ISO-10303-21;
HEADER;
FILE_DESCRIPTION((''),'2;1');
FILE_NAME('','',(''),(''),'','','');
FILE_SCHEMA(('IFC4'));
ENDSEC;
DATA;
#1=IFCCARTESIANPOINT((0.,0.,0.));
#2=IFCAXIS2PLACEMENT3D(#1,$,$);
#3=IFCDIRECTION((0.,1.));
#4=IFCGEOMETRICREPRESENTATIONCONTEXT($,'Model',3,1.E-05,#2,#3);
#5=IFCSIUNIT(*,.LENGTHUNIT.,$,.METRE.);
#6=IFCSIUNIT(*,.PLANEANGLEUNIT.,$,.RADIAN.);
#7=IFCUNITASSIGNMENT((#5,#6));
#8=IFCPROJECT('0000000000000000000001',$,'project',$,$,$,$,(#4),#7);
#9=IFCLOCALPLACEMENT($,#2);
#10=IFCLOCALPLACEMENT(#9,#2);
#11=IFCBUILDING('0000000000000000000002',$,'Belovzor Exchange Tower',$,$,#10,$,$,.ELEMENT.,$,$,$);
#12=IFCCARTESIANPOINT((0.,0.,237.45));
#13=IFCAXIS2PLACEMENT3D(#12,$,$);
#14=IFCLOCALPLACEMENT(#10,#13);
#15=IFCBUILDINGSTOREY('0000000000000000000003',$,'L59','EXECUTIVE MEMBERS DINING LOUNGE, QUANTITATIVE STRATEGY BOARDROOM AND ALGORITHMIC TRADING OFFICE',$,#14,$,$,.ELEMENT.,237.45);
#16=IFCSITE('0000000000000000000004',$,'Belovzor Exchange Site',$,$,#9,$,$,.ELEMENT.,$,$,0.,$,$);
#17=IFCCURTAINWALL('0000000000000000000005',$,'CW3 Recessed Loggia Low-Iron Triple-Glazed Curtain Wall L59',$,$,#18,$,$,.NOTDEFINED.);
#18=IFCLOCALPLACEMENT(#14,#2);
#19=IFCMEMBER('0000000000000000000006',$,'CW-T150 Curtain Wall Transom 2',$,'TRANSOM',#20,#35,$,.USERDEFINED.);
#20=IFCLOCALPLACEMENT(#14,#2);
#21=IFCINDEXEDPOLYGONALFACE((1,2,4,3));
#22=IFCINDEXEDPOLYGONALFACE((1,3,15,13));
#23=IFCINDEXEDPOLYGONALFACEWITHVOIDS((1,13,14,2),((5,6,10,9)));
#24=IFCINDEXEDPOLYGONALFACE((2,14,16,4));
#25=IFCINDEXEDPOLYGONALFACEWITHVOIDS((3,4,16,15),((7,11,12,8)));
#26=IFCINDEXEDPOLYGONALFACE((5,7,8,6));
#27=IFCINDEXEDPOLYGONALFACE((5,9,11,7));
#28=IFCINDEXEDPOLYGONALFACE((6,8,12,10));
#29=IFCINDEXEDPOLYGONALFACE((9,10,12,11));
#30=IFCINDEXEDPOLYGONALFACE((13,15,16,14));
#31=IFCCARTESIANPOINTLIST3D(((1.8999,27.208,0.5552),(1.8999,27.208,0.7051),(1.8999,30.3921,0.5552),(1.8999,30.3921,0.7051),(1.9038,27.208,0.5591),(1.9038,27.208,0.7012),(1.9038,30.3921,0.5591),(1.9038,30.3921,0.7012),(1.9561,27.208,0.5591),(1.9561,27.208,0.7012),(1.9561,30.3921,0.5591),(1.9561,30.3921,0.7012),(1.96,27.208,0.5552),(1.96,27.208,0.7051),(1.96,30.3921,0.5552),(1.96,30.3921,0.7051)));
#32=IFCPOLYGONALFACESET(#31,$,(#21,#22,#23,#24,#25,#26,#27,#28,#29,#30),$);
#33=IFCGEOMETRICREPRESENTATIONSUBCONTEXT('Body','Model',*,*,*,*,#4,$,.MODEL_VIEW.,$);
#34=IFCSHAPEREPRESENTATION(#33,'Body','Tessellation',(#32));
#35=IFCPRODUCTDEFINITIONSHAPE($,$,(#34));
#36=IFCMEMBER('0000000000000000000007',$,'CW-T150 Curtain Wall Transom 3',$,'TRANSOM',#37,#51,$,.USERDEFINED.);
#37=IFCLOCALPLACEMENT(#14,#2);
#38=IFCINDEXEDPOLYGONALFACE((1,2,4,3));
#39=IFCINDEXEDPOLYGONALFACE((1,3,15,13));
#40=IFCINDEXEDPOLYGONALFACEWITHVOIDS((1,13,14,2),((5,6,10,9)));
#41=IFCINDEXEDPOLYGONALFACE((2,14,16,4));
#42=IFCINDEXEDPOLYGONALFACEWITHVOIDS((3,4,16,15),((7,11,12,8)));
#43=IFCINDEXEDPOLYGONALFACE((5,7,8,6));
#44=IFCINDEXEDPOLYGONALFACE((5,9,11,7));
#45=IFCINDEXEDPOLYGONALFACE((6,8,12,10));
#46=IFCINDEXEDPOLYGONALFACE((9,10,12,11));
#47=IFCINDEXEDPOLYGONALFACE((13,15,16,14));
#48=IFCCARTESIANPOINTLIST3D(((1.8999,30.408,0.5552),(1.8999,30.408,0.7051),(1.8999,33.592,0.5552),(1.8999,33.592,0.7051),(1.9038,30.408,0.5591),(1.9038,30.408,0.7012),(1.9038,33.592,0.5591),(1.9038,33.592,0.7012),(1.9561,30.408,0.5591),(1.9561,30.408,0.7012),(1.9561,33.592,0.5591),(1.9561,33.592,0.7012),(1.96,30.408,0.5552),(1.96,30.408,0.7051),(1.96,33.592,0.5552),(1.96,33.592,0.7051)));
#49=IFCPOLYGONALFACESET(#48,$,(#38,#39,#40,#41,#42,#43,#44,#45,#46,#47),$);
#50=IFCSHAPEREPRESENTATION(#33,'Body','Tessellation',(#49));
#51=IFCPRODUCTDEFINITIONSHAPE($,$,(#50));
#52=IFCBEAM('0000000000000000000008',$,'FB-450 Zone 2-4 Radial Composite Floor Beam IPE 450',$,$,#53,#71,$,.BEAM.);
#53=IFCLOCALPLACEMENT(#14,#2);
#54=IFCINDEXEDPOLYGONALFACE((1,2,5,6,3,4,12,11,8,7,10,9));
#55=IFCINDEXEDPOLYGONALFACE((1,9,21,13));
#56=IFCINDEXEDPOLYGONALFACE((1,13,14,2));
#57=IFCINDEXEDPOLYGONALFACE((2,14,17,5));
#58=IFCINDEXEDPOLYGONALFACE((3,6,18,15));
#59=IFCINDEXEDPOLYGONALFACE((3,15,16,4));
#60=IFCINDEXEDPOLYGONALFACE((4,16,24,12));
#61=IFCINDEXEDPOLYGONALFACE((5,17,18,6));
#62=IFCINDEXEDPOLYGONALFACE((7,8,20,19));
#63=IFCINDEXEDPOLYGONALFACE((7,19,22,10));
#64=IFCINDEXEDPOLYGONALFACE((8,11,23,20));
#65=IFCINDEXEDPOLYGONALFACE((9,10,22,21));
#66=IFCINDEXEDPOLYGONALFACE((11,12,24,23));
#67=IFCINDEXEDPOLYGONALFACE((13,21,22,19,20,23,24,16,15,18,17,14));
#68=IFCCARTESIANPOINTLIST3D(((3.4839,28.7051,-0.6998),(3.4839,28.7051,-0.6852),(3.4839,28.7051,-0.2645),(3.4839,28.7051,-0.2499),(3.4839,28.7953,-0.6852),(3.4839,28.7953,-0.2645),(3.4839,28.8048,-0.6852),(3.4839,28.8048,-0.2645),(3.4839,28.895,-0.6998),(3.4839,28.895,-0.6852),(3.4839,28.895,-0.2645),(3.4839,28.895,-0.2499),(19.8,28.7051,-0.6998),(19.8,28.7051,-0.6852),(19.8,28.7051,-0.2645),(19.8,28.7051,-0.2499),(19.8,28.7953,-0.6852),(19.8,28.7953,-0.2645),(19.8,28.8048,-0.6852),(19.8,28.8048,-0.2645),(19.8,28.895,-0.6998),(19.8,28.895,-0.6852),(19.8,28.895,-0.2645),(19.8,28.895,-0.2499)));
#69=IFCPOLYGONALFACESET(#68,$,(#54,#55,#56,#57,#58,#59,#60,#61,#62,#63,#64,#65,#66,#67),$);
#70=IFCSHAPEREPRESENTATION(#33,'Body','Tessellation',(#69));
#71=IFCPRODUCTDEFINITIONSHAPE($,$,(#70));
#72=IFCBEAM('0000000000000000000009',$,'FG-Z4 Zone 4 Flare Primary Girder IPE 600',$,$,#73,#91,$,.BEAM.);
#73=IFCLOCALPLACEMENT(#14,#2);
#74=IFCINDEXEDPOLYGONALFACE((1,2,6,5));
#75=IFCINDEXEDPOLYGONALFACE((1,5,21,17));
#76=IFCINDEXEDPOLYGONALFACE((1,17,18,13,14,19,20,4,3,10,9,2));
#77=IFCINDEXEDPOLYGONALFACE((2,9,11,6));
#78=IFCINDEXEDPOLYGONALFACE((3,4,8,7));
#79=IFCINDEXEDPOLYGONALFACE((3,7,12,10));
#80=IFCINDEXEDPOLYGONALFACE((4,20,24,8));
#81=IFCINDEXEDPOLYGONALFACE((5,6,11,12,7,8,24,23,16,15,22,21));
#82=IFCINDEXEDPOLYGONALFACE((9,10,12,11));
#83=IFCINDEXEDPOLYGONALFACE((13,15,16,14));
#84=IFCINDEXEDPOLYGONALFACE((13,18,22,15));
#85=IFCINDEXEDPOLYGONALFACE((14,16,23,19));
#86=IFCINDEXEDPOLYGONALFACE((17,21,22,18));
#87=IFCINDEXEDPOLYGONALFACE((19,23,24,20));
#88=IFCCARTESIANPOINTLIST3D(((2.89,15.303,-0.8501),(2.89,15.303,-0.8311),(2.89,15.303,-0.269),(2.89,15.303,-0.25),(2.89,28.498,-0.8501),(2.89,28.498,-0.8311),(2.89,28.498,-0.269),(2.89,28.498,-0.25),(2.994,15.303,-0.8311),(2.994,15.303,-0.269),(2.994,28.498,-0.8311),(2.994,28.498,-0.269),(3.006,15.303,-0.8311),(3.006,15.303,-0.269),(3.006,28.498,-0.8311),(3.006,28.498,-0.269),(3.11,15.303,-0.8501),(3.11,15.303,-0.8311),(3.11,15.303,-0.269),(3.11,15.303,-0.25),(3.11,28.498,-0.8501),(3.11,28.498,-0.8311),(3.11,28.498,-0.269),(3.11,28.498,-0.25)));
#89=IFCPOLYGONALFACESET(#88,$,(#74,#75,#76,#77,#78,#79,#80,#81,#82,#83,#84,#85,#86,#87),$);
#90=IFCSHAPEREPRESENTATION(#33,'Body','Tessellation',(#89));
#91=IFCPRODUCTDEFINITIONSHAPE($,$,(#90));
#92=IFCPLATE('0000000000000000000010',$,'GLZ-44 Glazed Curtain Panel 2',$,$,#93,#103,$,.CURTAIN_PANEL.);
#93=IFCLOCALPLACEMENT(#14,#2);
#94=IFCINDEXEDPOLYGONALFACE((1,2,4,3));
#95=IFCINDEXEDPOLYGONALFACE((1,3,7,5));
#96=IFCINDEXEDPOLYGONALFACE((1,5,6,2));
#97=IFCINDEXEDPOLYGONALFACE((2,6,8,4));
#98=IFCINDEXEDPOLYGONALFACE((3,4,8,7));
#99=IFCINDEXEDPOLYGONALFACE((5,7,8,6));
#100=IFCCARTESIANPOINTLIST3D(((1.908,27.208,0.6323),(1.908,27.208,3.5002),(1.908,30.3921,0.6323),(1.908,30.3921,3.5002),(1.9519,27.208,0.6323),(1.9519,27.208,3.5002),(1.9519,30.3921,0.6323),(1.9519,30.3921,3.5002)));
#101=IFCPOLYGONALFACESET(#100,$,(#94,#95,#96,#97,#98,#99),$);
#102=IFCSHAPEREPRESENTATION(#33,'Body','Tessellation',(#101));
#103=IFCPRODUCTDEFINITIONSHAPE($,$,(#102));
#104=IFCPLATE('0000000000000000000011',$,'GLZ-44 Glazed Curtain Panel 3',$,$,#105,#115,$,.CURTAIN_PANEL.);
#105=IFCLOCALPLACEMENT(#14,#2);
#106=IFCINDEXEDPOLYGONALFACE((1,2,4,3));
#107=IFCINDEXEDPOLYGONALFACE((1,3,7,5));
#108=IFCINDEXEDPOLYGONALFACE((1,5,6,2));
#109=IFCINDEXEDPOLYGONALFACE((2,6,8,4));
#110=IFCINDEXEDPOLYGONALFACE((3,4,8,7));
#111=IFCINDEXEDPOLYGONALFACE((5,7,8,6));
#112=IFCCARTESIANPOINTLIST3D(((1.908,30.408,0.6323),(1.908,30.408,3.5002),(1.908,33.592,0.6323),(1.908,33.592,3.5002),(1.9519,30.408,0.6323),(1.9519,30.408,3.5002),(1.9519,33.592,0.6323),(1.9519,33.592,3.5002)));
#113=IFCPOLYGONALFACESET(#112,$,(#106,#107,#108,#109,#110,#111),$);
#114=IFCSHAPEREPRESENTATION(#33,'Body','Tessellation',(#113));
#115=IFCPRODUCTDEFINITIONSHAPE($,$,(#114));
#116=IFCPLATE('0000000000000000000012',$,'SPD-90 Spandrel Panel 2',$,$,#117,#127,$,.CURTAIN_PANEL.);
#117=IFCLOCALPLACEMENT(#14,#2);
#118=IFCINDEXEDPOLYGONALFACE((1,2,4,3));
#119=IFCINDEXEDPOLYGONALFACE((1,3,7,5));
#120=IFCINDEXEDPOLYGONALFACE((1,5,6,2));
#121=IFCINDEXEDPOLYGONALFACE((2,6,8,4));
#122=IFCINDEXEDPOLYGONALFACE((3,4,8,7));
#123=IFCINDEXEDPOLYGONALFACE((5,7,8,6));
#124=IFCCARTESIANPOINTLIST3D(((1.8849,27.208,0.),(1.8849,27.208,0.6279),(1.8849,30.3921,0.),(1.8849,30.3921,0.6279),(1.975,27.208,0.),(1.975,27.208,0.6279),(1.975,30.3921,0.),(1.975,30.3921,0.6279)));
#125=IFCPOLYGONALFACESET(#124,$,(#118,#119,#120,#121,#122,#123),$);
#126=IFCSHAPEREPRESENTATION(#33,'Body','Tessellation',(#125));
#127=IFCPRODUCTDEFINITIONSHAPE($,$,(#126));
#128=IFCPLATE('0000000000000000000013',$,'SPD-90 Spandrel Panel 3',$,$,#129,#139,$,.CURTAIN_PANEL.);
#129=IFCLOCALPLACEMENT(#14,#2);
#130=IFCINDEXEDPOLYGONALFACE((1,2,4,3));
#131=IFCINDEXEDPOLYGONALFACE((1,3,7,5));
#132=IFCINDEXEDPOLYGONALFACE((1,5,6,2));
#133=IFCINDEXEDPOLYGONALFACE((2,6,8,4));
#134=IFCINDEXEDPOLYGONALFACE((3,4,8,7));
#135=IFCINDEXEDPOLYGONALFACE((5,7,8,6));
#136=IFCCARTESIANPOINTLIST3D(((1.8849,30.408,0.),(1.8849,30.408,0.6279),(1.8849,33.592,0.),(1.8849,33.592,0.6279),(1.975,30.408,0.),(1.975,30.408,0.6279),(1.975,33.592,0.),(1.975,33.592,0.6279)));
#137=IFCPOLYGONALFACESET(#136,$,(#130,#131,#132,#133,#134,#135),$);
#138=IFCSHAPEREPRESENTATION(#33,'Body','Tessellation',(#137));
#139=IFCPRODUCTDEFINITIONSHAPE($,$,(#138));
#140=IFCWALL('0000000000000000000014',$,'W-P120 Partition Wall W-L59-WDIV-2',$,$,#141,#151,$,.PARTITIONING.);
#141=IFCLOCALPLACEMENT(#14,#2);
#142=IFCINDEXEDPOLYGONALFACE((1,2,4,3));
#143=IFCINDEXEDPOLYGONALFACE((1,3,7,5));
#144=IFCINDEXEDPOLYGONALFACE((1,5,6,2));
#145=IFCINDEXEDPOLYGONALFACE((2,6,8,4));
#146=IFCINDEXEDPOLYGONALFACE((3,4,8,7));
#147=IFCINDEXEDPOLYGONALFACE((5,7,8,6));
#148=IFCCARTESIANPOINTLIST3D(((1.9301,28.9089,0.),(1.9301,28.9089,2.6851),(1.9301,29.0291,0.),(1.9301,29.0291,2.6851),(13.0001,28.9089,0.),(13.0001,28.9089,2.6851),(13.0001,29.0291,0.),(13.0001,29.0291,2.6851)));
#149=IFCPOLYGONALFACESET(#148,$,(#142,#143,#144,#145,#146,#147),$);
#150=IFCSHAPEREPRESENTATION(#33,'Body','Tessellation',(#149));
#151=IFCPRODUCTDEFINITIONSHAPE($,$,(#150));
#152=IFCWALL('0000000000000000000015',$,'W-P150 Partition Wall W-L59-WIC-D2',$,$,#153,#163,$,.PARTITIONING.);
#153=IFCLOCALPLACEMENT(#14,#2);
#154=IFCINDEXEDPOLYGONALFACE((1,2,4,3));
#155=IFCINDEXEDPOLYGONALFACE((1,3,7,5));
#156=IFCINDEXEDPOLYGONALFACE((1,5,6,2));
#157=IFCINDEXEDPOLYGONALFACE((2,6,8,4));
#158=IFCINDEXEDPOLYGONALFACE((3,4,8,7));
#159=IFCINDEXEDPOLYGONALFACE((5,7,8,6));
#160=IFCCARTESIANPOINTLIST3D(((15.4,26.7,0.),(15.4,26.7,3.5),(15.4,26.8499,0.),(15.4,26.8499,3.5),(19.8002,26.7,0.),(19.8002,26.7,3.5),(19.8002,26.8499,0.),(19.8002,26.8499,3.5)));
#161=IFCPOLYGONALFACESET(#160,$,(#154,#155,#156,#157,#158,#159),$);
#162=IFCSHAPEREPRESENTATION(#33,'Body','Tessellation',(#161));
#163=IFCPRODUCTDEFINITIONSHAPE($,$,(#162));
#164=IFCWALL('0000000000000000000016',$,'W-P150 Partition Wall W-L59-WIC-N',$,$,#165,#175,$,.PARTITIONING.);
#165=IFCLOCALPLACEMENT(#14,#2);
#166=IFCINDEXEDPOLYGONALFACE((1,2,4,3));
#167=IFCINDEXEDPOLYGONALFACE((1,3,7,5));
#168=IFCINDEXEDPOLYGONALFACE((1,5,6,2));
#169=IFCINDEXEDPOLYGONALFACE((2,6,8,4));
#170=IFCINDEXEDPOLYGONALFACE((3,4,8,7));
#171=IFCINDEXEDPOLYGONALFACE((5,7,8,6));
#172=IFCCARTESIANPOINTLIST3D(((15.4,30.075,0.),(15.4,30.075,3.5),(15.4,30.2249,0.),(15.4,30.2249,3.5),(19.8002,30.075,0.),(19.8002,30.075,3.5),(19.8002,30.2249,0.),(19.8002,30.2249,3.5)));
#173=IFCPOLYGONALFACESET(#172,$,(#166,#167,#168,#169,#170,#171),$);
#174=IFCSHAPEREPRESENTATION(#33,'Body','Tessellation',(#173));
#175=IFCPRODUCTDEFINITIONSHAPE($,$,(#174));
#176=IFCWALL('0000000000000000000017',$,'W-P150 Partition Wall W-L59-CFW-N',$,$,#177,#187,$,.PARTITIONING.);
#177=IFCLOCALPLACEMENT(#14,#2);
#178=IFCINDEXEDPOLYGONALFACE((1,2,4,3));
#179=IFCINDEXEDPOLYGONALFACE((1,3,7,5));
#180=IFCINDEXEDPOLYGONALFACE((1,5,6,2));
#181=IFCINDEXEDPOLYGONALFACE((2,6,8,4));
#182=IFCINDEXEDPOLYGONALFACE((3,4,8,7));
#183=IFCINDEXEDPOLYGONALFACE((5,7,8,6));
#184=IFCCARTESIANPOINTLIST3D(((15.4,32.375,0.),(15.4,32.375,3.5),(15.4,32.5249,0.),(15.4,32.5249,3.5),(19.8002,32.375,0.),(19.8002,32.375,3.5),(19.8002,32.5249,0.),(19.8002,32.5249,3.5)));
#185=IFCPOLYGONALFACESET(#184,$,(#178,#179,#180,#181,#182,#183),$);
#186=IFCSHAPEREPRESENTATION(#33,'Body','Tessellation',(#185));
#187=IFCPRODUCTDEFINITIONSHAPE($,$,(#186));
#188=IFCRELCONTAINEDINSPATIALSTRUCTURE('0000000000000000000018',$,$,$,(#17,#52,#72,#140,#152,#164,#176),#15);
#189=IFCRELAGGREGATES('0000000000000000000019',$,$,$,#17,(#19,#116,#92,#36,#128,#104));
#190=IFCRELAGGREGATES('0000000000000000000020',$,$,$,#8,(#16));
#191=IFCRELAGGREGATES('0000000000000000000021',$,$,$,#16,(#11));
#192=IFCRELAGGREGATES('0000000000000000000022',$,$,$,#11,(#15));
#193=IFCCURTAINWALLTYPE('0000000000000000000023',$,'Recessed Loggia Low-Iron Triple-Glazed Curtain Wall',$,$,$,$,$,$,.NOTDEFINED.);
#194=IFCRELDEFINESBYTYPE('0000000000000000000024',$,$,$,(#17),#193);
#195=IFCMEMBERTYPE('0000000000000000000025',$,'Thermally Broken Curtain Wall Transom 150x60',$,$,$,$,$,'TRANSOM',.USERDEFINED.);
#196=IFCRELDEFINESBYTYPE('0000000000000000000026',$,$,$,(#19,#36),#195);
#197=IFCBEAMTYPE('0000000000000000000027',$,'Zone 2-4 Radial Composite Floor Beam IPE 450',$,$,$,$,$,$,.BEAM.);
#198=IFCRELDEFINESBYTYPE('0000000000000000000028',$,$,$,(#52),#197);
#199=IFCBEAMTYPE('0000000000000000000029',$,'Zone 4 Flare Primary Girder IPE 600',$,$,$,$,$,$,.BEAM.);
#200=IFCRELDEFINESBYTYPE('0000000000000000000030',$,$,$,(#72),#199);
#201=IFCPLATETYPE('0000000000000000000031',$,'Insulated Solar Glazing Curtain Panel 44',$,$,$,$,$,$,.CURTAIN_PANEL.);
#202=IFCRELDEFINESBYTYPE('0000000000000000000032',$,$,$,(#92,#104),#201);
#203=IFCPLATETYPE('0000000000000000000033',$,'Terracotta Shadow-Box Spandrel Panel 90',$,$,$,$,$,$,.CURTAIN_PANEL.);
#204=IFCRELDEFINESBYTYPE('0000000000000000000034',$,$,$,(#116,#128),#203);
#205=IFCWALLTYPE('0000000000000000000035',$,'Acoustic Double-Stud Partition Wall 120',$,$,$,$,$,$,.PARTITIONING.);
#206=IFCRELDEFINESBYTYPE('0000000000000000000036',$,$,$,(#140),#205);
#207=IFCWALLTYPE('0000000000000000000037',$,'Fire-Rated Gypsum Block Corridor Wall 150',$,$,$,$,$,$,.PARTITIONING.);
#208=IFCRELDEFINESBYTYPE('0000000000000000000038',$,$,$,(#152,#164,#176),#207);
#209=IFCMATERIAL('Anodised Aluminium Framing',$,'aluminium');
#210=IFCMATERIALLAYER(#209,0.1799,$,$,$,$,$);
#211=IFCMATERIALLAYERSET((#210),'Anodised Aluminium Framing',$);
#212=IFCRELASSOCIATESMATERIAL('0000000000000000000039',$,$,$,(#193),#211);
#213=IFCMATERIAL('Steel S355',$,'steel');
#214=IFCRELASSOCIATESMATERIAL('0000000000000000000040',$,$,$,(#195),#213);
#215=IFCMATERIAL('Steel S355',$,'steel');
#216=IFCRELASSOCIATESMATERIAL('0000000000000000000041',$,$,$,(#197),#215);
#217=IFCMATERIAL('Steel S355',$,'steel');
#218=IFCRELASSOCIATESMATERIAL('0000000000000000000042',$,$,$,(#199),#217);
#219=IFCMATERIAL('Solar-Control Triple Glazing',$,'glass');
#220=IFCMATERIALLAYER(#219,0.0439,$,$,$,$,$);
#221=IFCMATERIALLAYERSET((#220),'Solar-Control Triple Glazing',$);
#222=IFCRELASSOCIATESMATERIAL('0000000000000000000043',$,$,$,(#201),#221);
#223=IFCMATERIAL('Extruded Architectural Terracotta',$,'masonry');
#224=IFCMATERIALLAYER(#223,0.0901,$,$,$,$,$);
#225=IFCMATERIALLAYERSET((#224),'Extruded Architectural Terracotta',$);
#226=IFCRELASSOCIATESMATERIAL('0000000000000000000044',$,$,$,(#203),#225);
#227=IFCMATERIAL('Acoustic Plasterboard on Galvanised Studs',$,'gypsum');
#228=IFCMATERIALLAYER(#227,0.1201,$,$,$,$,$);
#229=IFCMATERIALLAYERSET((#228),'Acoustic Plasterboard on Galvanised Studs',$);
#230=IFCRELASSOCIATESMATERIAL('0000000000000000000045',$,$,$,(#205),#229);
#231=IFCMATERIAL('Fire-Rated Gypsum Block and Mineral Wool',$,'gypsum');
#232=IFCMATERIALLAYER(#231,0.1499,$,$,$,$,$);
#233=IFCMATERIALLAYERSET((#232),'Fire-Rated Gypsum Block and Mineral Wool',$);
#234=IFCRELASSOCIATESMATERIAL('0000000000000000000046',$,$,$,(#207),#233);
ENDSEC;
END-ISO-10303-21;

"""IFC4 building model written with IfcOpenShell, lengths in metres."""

from ifc_helpers import new_model, si_unit, direction, frame, frame_2d, origin, origin_2d, place, context, subcontext, project, spatial, rectangle, hollow_rectangle, i_section, extrude, material, layer, layer_set, material_profile, profile_set, type_object, element, aggregate, save


model = new_model("IFC4")

# Units and contexts
model_context = context("Model", 3, precision=1e-05, world=origin(), true_north=direction((0.0, 1.0)))
body_context = subcontext(model_context, "Body", "Model", "MODEL_VIEW")
ifc_project = project(units=[si_unit("LENGTHUNIT", "METRE"), si_unit("PLANEANGLEUNIT", "RADIAN")], contexts=[model_context])

# Site, building, storey
site_placement = place(None, origin())
site = spatial("IfcSite", under=ifc_project, at=site_placement, Name="Belovzor Exchange Site", CompositionType="ELEMENT", RefElevation=0.0)
building_placement = place(site_placement, origin())
building = spatial("IfcBuilding", under=site, at=building_placement, Name="Belovzor Exchange Tower", CompositionType="ELEMENT")
storey_placement = place(building_placement, frame((0.0, 0.0, 237.45)))
storey = spatial("IfcBuildingStorey", under=building, at=storey_placement, Name="L59", Description="EXECUTIVE MEMBERS DINING LOUNGE, QUANTITATIVE STRATEGY BOARDROOM AND ALGORITHMIC TRADING OFFICE", CompositionType="ELEMENT", Elevation=237.45)

# Curtain wall, members
ifc_material_1 = material(Name="Anodised Aluminium Framing", Category="aluminium")
ifc_layer_1 = layer(ifc_material_1, 0.1799)
ifc_layer_set_1 = layer_set([ifc_layer_1], Name="Anodised Aluminium Framing")
curtain_wall_type = type_object("IfcCurtainWallType", Name="Recessed Loggia Low-Iron Triple-Glazed Curtain Wall", PredefinedType="NOTDEFINED", material=ifc_layer_set_1)
curtain_wall_placement = place(storey_placement, origin())
curtain_wall = element("IfcCurtainWall", 1, at=curtain_wall_placement, inside=storey, type_object=curtain_wall_type, Name="CW3 Recessed Loggia Low-Iron Triple-Glazed Curtain Wall L59", PredefinedType="NOTDEFINED")
ifc_material_2 = material(Name="Steel S355", Category="steel")
ifc_material_profile_1 = material_profile(ifc_material_2, hollow_rectangle(XDim=0.0601, YDim=0.1499, WallThickness=0.0039, at=origin_2d()))
ifc_profile_set_1 = profile_set([ifc_material_profile_1], Name="Steel S355")
member_type_1 = type_object("IfcMemberType", Name="Thermally Broken Curtain Wall Transom 150x60", ElementType="TRANSOM", PredefinedType="USERDEFINED", material=ifc_profile_set_1)
member_1_placement = place(storey_placement, frame((1.9299, 27.208, 0.6301), z_axis=(0.0, 1.0, 0.0), x_axis=(-1.0, 0.0, 0.0)))
member_1 = element("IfcMember", 2, at=member_1_placement, type_object=member_type_1, Name="CW-T150 Curtain Wall Transom 2", ObjectType="TRANSOM", PredefinedType="USERDEFINED", context=body_context, shape_type="SweptSolid", body=[
    extrude(hollow_rectangle(XDim=0.0601, YDim=0.1499, WallThickness=0.0039, at=origin_2d()), origin(), (0.0, 0.0, 1.0), 3.1841),
])
member_2_placement = place(storey_placement, frame((1.9299, 30.408, 0.6301), z_axis=(0.0, 1.0, 0.0), x_axis=(-1.0, 0.0, 0.0)))
member_2 = element("IfcMember", 3, at=member_2_placement, type_object=member_type_1, Name="CW-T150 Curtain Wall Transom 3", ObjectType="TRANSOM", PredefinedType="USERDEFINED", context=body_context, shape_type="SweptSolid", body=[
    extrude(hollow_rectangle(XDim=0.0601, YDim=0.1499, WallThickness=0.0039, at=origin_2d()), origin(), (0.0, 0.0, 1.0), 3.1841),
])

# Beams
ifc_material_3 = material(Name="Steel S355", Category="steel")
ifc_material_profile_2 = material_profile(ifc_material_3, i_section(OverallWidth=0.1899, OverallDepth=0.45, WebThickness=0.0095, FlangeThickness=0.0146, at=origin_2d()))
ifc_profile_set_2 = profile_set([ifc_material_profile_2], Name="Steel S355")
beam_type_1 = type_object("IfcBeamType", Name="Zone 2-4 Radial Composite Floor Beam IPE 450", PredefinedType="BEAM", material=ifc_profile_set_2)
beam_1_placement = place(storey_placement, frame((19.8, 28.8, -0.4749), z_axis=(-1.0, 0.0, 0.0), x_axis=(0.0, -1.0, 0.0)))
element("IfcBeam", 4, at=beam_1_placement, inside=storey, type_object=beam_type_1, Name="FB-450 Zone 2-4 Radial Composite Floor Beam IPE 450", PredefinedType="BEAM", context=body_context, shape_type="SweptSolid", body=[
    extrude(i_section(OverallWidth=0.1899, OverallDepth=0.45, WebThickness=0.0095, FlangeThickness=0.0146, at=origin_2d()), origin(), (0.0, 0.0, 1.0), 16.3162),
])
ifc_material_4 = material(Name="Steel S355", Category="steel")
ifc_material_profile_3 = material_profile(ifc_material_4, i_section(OverallWidth=0.22, OverallDepth=0.6001, WebThickness=0.012, FlangeThickness=0.019, at=origin_2d()))
ifc_profile_set_3 = profile_set([ifc_material_profile_3], Name="Steel S355")
beam_type_2 = type_object("IfcBeamType", Name="Zone 4 Flare Primary Girder IPE 600", PredefinedType="BEAM", material=ifc_profile_set_3)
beam_2_placement = place(storey_placement, frame((3.0, 28.498, -0.55), z_axis=(0.0, -1.0, 0.0), x_axis=(1.0, 0.0, 0.0)))
element("IfcBeam", 5, at=beam_2_placement, inside=storey, type_object=beam_type_2, Name="FG-Z4 Zone 4 Flare Primary Girder IPE 600", PredefinedType="BEAM", context=body_context, shape_type="SweptSolid", body=[
    extrude(i_section(OverallWidth=0.22, OverallDepth=0.6001, WebThickness=0.012, FlangeThickness=0.019, at=origin_2d()), origin(), (0.0, 0.0, 1.0), 13.1951),
])

# Plates
ifc_material_5 = material(Name="Solar-Control Triple Glazing", Category="glass")
ifc_layer_2 = layer(ifc_material_5, 0.0439)
ifc_layer_set_2 = layer_set([ifc_layer_2], Name="Solar-Control Triple Glazing")
plate_type_1 = type_object("IfcPlateType", Name="Insulated Solar Glazing Curtain Panel 44", PredefinedType="CURTAIN_PANEL", material=ifc_layer_set_2)
plate_1_placement = place(storey_placement, frame((1.9299, 28.8, 0.6323), z_axis=(0.0, 0.0, 1.0), x_axis=(0.0, 1.0, 0.0)))
plate_1 = element("IfcPlate", 6, at=plate_1_placement, type_object=plate_type_1, Name="GLZ-44 Glazed Curtain Panel 2", PredefinedType="CURTAIN_PANEL", context=body_context, shape_type="SweptSolid", body=[
    extrude(rectangle(XDim=3.1841, YDim=0.0439, at=origin_2d()), origin(), (0.0, 0.0, 1.0), 2.8679),
])
plate_2_placement = place(storey_placement, frame((1.9299, 32.0, 0.6323), z_axis=(0.0, 0.0, 1.0), x_axis=(0.0, 1.0, 0.0)))
plate_2 = element("IfcPlate", 7, at=plate_2_placement, type_object=plate_type_1, Name="GLZ-44 Glazed Curtain Panel 3", PredefinedType="CURTAIN_PANEL", context=body_context, shape_type="SweptSolid", body=[
    extrude(rectangle(XDim=3.1841, YDim=0.0439, at=origin_2d()), origin(), (0.0, 0.0, 1.0), 2.8679),
])
ifc_material_6 = material(Name="Extruded Architectural Terracotta", Category="masonry")
ifc_layer_3 = layer(ifc_material_6, 0.0901)
ifc_layer_set_3 = layer_set([ifc_layer_3], Name="Extruded Architectural Terracotta")
plate_type_2 = type_object("IfcPlateType", Name="Terracotta Shadow-Box Spandrel Panel 90", PredefinedType="CURTAIN_PANEL", material=ifc_layer_set_3)
plate_3_placement = place(storey_placement, frame((1.9299, 28.8, 0.0), z_axis=(0.0, 0.0, 1.0), x_axis=(0.0, 1.0, 0.0)))
plate_3 = element("IfcPlate", 8, at=plate_3_placement, type_object=plate_type_2, Name="SPD-90 Spandrel Panel 2", PredefinedType="CURTAIN_PANEL", context=body_context, shape_type="SweptSolid", body=[
    extrude(rectangle(XDim=3.1841, YDim=0.0901, at=origin_2d()), origin(), (0.0, 0.0, 1.0), 0.6279),
])
plate_4_placement = place(storey_placement, frame((1.9299, 32.0, 0.0), z_axis=(0.0, 0.0, 1.0), x_axis=(0.0, 1.0, 0.0)))
plate_4 = element("IfcPlate", 9, at=plate_4_placement, type_object=plate_type_2, Name="SPD-90 Spandrel Panel 3", PredefinedType="CURTAIN_PANEL", context=body_context, shape_type="SweptSolid", body=[
    extrude(rectangle(XDim=3.1841, YDim=0.0901, at=origin_2d()), origin(), (0.0, 0.0, 1.0), 0.6279),
])
aggregate(curtain_wall, [member_1, plate_3, plate_1, member_2, plate_4, plate_2])

# Walls
ifc_material_7 = material(Name="Acoustic Plasterboard on Galvanised Studs", Category="gypsum")
ifc_layer_4 = layer(ifc_material_7, 0.1201)
ifc_layer_set_4 = layer_set([ifc_layer_4], Name="Acoustic Plasterboard on Galvanised Studs")
wall_type_1 = type_object("IfcWallType", Name="Acoustic Double-Stud Partition Wall 120", PredefinedType="PARTITIONING", material=ifc_layer_set_4)
wall_1_placement = place(storey_placement, frame((1.9299, 28.969, 0.0), z_axis=(0.0, 0.0, 1.0), x_axis=(1.0, 0.0, 0.0)))
element("IfcWall", 10, at=wall_1_placement, inside=storey, type_object=wall_type_1, Name="W-P120 Partition Wall W-L59-WDIV-2", PredefinedType="PARTITIONING", context=body_context, shape_type="SweptSolid", body=[
    extrude(rectangle(XDim=11.0701, YDim=0.1201, at=frame_2d((5.5352, 0.0))), origin(), (0.0, 0.0, 1.0), 2.6851),
])
ifc_material_8 = material(Name="Fire-Rated Gypsum Block and Mineral Wool", Category="gypsum")
ifc_layer_5 = layer(ifc_material_8, 0.1499)
ifc_layer_set_5 = layer_set([ifc_layer_5], Name="Fire-Rated Gypsum Block and Mineral Wool")
wall_type_2 = type_object("IfcWallType", Name="Fire-Rated Gypsum Block Corridor Wall 150", PredefinedType="PARTITIONING", material=ifc_layer_set_5)
for number, where, z_axis, x_axis, name in (
    (11, (15.3999, 26.7749, 0.0), (0.0, 0.0, 1.0), (1.0, 0.0, 0.0), "W-P150 Partition Wall W-L59-WIC-D2"),
    (12, (15.3999, 30.1499, 0.0), (0.0, 0.0, 1.0), (1.0, 0.0, 0.0), "W-P150 Partition Wall W-L59-WIC-N"),
    (13, (15.3999, 32.45, 0.0), (0.0, 0.0, 1.0), (1.0, 0.0, 0.0), "W-P150 Partition Wall W-L59-CFW-N"),
):
    element("IfcWall", number, at=place(storey_placement, frame(where, z_axis=z_axis, x_axis=x_axis)), inside=storey, type_object=wall_type_2, Name=name, PredefinedType="PARTITIONING", context=body_context, shape_type="SweptSolid", body=[
        extrude(rectangle(XDim=4.4001, YDim=0.1499, at=frame_2d((2.2002, 0.0))), origin(), (0.0, 0.0, 1.0), 3.5),
    ])

save(model, "model.ifc")
